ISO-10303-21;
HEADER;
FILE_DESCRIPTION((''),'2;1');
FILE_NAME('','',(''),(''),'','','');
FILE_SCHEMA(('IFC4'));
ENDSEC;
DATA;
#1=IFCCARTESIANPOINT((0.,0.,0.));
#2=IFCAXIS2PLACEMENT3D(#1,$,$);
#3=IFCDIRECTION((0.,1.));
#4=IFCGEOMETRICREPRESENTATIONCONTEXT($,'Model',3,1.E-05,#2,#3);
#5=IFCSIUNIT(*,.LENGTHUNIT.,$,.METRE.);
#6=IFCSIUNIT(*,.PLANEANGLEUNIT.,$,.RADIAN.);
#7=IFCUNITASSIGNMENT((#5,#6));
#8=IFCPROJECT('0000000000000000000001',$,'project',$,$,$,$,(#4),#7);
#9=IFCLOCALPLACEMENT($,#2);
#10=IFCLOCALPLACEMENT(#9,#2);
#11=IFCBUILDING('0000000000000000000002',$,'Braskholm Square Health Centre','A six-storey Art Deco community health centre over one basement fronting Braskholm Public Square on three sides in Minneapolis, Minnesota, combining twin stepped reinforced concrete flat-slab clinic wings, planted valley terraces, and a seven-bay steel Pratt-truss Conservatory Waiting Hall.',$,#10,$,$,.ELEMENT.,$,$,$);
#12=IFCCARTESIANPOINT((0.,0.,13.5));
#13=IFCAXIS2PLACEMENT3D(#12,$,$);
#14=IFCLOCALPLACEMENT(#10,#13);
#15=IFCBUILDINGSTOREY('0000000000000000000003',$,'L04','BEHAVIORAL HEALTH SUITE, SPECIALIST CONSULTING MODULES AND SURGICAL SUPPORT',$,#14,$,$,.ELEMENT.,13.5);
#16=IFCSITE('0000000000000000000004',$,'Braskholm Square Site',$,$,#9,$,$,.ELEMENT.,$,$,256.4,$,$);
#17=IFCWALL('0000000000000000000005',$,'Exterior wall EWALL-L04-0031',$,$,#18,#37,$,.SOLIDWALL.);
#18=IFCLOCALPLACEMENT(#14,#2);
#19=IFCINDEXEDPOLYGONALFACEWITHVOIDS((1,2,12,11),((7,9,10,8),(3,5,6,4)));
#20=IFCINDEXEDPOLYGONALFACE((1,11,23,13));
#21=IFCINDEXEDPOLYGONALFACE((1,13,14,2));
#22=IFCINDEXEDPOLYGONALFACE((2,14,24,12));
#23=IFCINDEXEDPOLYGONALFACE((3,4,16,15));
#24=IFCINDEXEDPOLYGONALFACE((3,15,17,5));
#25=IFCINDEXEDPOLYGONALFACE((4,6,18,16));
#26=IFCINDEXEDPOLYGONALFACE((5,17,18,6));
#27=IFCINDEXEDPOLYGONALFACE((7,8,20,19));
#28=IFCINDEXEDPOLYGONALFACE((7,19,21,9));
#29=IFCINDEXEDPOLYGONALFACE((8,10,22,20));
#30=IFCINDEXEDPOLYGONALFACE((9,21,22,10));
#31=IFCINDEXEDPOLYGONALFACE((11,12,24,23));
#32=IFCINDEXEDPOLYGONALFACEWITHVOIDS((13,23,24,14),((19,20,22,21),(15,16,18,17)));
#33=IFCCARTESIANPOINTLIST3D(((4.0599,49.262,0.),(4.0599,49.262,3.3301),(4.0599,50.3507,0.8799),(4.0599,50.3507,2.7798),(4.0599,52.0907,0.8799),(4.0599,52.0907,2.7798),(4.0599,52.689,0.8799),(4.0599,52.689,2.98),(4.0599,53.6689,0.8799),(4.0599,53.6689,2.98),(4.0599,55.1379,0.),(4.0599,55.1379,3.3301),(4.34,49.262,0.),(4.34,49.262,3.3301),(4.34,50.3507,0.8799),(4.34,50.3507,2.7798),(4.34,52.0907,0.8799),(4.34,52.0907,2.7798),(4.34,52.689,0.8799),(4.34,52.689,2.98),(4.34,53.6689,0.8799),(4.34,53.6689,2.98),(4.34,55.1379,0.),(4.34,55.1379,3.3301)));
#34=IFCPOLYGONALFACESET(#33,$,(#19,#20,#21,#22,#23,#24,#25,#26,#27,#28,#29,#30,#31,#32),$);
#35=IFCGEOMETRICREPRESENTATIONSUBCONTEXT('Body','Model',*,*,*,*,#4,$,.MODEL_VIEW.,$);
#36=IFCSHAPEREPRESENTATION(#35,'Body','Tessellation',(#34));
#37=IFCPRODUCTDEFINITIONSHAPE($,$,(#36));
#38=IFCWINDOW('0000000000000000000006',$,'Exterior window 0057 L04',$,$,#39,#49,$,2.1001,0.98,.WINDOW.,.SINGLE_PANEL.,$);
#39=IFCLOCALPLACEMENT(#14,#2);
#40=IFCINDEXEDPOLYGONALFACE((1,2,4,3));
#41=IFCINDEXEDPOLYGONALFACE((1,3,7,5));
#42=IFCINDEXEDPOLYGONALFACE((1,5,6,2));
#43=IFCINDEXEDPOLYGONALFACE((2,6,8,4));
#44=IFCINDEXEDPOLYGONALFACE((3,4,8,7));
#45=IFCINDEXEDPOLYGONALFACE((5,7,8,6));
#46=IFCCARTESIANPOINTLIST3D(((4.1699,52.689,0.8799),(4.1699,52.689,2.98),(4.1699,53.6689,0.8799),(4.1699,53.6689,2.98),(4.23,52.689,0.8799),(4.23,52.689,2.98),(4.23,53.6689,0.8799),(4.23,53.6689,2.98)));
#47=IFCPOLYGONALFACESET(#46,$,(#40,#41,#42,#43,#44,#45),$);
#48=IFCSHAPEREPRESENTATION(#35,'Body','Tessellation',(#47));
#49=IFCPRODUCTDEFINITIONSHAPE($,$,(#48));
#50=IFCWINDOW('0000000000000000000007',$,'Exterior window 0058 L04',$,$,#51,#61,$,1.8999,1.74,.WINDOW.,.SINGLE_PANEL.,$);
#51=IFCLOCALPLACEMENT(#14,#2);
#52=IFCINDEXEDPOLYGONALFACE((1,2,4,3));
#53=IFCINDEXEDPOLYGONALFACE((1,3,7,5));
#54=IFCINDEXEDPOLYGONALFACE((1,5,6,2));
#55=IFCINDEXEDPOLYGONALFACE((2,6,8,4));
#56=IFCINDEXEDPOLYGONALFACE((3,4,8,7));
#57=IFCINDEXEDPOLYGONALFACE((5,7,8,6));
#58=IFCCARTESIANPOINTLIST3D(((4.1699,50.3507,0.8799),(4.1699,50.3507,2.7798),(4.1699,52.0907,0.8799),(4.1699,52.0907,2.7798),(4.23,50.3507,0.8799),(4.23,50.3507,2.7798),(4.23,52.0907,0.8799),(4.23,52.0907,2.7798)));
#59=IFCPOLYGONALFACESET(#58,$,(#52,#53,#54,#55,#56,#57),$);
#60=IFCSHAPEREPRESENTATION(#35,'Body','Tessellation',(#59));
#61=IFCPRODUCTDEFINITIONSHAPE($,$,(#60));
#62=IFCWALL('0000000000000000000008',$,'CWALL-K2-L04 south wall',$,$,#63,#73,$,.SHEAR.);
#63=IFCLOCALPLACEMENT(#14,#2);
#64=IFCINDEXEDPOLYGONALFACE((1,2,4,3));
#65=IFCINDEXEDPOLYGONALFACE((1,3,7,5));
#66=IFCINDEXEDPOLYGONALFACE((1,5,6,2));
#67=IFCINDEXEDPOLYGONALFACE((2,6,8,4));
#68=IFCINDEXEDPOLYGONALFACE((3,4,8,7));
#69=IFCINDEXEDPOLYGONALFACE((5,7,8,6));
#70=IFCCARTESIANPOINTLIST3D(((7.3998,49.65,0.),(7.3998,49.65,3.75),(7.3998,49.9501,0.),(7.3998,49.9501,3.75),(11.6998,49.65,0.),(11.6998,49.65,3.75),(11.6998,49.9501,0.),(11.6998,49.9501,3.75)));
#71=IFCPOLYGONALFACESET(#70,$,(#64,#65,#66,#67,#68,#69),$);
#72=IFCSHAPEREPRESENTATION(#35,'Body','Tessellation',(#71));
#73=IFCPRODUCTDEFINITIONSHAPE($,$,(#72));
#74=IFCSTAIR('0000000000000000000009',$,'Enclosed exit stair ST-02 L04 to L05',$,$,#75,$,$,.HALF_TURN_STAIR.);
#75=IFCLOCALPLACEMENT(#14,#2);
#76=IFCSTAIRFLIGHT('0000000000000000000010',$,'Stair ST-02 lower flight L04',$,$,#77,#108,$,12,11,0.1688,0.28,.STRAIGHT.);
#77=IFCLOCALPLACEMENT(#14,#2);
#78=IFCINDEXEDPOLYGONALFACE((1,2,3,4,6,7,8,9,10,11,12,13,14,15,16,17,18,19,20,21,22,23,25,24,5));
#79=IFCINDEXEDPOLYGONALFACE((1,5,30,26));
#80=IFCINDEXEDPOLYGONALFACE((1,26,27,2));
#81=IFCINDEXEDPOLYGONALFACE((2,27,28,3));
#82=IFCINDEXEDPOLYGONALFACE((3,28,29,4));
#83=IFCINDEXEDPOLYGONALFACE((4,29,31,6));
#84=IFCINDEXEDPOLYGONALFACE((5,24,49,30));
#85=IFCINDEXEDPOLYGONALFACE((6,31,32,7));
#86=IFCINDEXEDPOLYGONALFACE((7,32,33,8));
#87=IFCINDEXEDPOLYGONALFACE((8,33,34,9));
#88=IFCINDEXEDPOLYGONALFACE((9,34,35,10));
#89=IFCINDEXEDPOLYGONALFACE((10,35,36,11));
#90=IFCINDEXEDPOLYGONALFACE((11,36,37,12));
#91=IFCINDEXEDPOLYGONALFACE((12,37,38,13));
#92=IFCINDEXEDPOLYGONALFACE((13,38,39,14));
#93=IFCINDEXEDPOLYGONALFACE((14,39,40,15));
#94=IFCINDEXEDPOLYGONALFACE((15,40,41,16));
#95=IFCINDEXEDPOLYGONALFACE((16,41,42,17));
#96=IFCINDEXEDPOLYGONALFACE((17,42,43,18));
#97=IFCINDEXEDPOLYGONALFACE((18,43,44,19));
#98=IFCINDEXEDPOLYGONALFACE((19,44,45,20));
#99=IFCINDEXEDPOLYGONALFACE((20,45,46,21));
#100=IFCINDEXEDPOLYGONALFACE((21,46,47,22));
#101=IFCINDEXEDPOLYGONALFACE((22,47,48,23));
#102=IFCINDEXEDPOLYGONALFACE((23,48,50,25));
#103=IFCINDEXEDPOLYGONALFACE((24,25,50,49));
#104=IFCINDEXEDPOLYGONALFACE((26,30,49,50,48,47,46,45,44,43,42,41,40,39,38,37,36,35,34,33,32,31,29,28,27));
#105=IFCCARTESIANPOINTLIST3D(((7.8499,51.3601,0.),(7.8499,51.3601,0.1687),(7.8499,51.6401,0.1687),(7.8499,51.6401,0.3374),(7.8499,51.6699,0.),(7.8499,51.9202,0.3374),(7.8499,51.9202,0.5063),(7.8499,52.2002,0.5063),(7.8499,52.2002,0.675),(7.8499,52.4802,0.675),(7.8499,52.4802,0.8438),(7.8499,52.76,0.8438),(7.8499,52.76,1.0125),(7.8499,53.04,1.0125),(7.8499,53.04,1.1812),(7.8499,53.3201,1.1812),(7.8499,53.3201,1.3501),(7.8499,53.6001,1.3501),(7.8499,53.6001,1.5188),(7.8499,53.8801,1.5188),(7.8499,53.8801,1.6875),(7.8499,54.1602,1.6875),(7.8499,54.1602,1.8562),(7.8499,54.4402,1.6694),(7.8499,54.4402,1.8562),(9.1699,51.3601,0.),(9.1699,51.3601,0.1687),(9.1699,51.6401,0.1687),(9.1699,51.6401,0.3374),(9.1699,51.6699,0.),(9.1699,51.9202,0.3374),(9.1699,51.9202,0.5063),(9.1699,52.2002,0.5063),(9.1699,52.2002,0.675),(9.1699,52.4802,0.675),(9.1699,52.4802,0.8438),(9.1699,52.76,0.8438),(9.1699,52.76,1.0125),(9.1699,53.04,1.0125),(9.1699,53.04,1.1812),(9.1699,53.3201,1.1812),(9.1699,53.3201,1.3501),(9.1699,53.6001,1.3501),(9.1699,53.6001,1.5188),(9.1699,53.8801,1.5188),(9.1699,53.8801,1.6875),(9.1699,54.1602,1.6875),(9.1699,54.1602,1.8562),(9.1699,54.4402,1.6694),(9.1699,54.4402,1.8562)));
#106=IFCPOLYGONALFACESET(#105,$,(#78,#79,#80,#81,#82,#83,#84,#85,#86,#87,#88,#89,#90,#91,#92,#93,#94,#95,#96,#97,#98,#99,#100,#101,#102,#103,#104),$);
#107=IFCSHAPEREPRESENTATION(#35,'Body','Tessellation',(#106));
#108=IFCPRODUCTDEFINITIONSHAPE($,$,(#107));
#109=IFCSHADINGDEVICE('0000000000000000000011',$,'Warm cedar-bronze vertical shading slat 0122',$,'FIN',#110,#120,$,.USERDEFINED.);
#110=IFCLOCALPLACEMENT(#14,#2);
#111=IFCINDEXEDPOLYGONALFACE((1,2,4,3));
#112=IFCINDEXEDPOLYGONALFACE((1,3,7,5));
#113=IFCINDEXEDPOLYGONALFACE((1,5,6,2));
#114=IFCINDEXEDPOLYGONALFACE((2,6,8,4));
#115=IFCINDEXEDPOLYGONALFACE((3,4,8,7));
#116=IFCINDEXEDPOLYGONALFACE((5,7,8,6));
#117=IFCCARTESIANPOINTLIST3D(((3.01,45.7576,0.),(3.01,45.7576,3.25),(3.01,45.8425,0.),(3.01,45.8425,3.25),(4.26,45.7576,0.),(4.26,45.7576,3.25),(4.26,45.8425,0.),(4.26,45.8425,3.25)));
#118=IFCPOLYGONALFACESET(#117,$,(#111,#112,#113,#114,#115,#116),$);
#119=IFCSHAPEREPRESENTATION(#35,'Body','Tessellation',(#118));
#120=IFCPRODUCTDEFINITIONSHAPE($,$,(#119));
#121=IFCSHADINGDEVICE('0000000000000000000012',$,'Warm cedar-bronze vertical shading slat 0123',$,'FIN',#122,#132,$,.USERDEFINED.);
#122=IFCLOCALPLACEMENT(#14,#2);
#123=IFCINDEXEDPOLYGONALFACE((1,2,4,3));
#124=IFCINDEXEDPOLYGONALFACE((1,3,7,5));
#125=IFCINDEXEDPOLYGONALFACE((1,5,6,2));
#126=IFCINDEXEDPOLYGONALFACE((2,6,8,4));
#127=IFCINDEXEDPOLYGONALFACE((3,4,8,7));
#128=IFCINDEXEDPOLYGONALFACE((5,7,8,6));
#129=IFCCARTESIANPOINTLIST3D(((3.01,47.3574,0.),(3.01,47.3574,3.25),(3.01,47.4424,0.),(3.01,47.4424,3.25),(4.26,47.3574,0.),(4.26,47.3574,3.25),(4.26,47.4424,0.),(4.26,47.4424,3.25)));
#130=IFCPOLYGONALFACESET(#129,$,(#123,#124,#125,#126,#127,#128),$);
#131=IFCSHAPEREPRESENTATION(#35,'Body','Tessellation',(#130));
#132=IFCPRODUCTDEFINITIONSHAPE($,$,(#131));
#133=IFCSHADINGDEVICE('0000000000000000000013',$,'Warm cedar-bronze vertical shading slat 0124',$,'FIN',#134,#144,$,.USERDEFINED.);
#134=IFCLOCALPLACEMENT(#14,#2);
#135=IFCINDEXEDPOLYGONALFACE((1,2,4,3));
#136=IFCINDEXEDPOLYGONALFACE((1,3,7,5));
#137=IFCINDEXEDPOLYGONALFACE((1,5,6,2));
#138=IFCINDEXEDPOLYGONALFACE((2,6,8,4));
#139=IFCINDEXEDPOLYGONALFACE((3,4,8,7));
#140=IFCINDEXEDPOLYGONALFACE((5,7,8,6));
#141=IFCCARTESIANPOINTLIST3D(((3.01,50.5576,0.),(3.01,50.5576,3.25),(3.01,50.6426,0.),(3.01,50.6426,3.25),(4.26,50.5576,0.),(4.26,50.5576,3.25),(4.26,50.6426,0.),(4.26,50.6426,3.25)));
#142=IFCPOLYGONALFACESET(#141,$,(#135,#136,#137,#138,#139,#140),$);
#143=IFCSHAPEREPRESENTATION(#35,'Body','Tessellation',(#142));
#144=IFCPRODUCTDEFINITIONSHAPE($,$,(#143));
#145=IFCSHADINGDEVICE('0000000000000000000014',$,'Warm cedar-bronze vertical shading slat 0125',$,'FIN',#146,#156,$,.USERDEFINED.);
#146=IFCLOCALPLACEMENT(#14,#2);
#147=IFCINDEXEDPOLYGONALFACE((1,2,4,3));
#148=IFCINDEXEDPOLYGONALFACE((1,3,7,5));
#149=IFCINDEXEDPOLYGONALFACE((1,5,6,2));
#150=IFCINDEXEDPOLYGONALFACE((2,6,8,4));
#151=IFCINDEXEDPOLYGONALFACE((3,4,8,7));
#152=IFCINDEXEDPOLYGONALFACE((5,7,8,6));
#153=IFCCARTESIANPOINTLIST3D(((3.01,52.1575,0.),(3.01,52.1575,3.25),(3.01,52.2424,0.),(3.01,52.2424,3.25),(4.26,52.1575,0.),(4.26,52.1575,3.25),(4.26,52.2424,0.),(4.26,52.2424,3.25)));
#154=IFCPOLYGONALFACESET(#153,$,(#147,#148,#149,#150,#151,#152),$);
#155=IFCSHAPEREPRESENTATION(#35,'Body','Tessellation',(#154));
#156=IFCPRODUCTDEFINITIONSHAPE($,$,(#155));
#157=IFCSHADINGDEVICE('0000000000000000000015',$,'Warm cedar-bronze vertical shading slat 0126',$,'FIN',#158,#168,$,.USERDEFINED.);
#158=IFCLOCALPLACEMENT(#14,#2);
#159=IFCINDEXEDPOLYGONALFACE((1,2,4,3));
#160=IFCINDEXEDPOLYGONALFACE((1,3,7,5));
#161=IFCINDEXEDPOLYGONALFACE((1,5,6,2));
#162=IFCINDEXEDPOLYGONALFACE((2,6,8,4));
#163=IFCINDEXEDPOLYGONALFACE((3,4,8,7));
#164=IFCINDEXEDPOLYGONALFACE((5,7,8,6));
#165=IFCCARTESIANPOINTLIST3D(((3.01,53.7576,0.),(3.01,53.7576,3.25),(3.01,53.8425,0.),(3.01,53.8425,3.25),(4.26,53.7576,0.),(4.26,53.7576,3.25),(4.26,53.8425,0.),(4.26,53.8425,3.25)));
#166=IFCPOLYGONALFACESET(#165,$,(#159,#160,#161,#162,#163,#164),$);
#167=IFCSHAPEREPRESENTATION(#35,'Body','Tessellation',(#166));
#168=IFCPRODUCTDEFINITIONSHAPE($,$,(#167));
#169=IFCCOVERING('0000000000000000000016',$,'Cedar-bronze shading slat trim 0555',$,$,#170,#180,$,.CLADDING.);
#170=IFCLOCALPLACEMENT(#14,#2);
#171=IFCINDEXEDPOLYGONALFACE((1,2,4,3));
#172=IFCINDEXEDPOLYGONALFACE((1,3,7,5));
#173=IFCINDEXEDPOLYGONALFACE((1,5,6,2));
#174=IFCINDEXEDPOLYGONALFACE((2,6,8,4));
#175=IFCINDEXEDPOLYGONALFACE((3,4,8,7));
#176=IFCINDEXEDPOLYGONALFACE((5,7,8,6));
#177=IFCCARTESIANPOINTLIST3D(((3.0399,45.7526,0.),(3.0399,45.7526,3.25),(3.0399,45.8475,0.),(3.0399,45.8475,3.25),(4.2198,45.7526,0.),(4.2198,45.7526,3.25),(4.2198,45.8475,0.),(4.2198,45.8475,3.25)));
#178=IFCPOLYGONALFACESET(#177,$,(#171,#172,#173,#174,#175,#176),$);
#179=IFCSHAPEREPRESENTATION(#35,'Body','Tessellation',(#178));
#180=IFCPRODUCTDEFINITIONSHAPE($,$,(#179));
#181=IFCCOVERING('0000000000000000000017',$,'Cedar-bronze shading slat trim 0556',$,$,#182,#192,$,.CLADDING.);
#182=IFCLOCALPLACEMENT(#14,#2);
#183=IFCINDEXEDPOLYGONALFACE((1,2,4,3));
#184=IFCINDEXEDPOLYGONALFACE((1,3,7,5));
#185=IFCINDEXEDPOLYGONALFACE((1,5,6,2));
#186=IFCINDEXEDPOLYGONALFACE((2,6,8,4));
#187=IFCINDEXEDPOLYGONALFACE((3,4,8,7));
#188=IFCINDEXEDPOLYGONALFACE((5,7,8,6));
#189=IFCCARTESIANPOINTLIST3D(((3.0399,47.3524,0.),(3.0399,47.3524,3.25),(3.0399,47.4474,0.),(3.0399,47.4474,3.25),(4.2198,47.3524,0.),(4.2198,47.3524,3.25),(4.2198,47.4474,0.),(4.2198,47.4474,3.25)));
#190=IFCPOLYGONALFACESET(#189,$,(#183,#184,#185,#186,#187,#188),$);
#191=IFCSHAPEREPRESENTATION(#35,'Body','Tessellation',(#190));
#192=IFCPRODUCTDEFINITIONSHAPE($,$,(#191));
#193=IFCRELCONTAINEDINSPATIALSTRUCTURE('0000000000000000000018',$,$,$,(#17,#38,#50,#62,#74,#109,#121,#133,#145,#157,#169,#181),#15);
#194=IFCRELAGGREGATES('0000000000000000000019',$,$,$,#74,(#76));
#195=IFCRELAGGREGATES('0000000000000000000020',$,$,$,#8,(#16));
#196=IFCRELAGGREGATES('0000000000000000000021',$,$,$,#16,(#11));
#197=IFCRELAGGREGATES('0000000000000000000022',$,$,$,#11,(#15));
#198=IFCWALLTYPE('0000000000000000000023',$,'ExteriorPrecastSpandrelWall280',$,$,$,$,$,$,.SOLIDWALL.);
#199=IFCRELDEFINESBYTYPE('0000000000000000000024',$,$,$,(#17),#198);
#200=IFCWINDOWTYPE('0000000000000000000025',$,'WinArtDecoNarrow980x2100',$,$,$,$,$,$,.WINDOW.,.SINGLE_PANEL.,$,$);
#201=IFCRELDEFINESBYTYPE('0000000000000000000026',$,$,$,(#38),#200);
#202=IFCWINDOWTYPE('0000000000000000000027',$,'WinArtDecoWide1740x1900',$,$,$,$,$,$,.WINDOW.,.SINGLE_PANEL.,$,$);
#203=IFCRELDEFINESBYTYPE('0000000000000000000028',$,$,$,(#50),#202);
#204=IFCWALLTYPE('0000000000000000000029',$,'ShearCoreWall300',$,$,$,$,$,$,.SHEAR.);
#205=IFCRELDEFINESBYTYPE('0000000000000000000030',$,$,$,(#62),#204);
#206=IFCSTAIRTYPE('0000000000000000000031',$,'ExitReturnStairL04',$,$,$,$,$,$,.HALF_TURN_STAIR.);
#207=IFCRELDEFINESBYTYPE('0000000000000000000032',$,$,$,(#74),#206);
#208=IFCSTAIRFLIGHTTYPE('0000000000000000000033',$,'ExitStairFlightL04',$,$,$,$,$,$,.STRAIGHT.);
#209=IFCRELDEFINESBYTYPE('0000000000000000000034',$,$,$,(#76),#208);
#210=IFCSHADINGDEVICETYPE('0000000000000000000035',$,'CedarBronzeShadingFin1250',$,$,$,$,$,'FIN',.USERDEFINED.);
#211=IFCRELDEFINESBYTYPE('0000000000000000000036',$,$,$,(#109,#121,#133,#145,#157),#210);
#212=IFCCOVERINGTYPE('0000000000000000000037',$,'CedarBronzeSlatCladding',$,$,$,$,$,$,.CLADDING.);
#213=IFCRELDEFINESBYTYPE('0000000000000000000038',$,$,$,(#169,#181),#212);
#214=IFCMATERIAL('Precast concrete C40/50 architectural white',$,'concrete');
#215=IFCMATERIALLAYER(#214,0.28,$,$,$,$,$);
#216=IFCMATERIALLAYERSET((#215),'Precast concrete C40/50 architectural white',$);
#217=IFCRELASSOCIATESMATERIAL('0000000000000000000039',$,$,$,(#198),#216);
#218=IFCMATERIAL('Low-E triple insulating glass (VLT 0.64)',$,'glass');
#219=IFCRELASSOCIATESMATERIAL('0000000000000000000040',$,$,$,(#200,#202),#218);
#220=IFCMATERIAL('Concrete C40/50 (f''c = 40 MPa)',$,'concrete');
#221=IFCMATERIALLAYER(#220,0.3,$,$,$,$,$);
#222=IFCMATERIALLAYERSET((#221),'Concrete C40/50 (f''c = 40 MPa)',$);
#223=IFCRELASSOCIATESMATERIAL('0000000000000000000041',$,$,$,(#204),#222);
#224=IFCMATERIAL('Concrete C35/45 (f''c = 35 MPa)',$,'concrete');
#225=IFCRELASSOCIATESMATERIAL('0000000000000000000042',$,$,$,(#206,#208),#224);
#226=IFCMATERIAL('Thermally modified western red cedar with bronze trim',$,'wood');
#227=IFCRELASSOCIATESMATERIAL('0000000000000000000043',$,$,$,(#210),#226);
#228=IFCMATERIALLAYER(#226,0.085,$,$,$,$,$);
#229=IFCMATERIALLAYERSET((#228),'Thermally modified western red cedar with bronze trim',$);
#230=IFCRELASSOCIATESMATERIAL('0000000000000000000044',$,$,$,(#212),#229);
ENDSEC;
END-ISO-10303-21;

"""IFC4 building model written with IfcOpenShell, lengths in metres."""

from ifc_helpers import new_model, si_unit, direction, frame, frame_2d, origin, origin_with_axes, origin_2d, place, context, subcontext, project, spatial, polyline, rectangle, outline, extrude, material, layer, layer_set, type_object, element, fill, aggregate, save


model = new_model("IFC4")

# Units and contexts
model_context = context("Model", 3, precision=1e-05, world=origin(), true_north=direction((0.0, 1.0)))
body_context = subcontext(model_context, "Body", "Model", "MODEL_VIEW")
ifc_project = project(units=[si_unit("LENGTHUNIT", "METRE"), si_unit("PLANEANGLEUNIT", "RADIAN")], contexts=[model_context])

# Site, building, storey
site_placement = place(None, origin())
site = spatial("IfcSite", under=ifc_project, at=site_placement, Name="Braskholm Square Site", CompositionType="ELEMENT", RefElevation=256.4)
building_placement = place(site_placement, origin())
building = spatial("IfcBuilding", under=site, at=building_placement, Name="Braskholm Square Health Centre", Description="A six-storey Art Deco community health centre over one basement fronting Braskholm Public Square on three sides in Minneapolis, Minnesota, combining twin stepped reinforced concrete flat-slab clinic wings, planted valley terraces, and a seven-bay steel Pratt-truss Conservatory Waiting Hall.", CompositionType="ELEMENT")
storey_placement = place(building_placement, frame((0.0, 0.0, 13.5)))
storey = spatial("IfcBuildingStorey", under=building, at=storey_placement, Name="L04", Description="BEHAVIORAL HEALTH SUITE, SPECIALIST CONSULTING MODULES AND SURGICAL SUPPORT", CompositionType="ELEMENT", Elevation=13.5)

# Shared definitions
ifc_material_1 = material(Name="Precast concrete C40/50 architectural white", Category="concrete")

# Shared definitions
ifc_material_2 = material(Name="Low-E triple insulating glass (VLT 0.64)", Category="glass")

# Shared definitions
ifc_material_3 = material(Name="Concrete C35/45 (f'c = 35 MPa)", Category="concrete")

# Wall, openings, windows
ifc_layer_1 = layer(ifc_material_1, 0.28)
ifc_layer_set_1 = layer_set([ifc_layer_1], Name="Precast concrete C40/50 architectural white")
wall_type_1 = type_object("IfcWallType", Name="ExteriorPrecastSpandrelWall280", PredefinedType="SOLIDWALL", material=ifc_layer_set_1)
wall_1_placement = place(storey_placement, frame((4.2, 55.1379, 0.0), z_axis=(0.0, 0.0, 1.0), x_axis=(0.0, -1.0, 0.0)))
wall_1 = element("IfcWall", 1, at=wall_1_placement, inside=storey, type_object=wall_type_1, Name="Exterior wall EWALL-L04-0031", PredefinedType="SOLIDWALL", context=body_context, shape_type="SweptSolid", body=[
    extrude(rectangle(XDim=5.876, YDim=0.28, at=frame_2d((2.938, 0.0))), origin(), (0.0, 0.0, 1.0), 3.3301),
])
opening_1_placement = place(wall_1_placement, frame((1.469, 0.0, 0.8799)))
opening_1 = element("IfcOpeningElement", 2, at=opening_1_placement, cuts=wall_1, PredefinedType="OPENING", context=body_context, shape_type="SweptSolid", body=[
    extrude(rectangle(XDim=0.98, YDim=2.1001, at=frame_2d((0.49, 1.05))), frame((0.0, 0.1499, 0.0), z_axis=(0.0, -1.0, 0.0), x_axis=(1.0, 0.0, 0.0)), (0.0, 0.0, 1.0), 0.3),
])
opening_2_placement = place(wall_1_placement, frame((3.0471, 0.0, 0.8799)))
opening_2 = element("IfcOpeningElement", 3, at=opening_2_placement, cuts=wall_1, PredefinedType="OPENING", context=body_context, shape_type="SweptSolid", body=[
    extrude(rectangle(XDim=1.74, YDim=1.8999, at=frame_2d((0.8701, 0.95))), frame((0.0, 0.1499, 0.0), z_axis=(0.0, -1.0, 0.0), x_axis=(1.0, 0.0, 0.0)), (0.0, 0.0, 1.0), 0.3),
])
window_type_1 = type_object("IfcWindowType", Name="WinArtDecoNarrow980x2100", PartitioningType="SINGLE_PANEL", PredefinedType="WINDOW", material=ifc_material_2)
window_1_placement = place(opening_1_placement, origin_with_axes())
window_1 = element("IfcWindow", 4, at=window_1_placement, inside=storey, type_object=window_type_1, Name="Exterior window 0057 L04", OverallHeight=2.1001, OverallWidth=0.98, PartitioningType="SINGLE_PANEL", PredefinedType="WINDOW", context=body_context, shape_type="SweptSolid", body=[
    extrude(rectangle(XDim=0.98, YDim=2.1001, at=frame_2d((0.49, 1.05))), frame((0.0, 0.03, 0.0), z_axis=(0.0, -1.0, 0.0), x_axis=(1.0, 0.0, 0.0)), (0.0, 0.0, 1.0), 0.0601),
])
fill(opening_1, window_1)
window_type_2 = type_object("IfcWindowType", Name="WinArtDecoWide1740x1900", PartitioningType="SINGLE_PANEL", PredefinedType="WINDOW", material=ifc_material_2)
window_2_placement = place(opening_2_placement, origin_with_axes())
window_2 = element("IfcWindow", 5, at=window_2_placement, inside=storey, type_object=window_type_2, Name="Exterior window 0058 L04", OverallHeight=1.8999, OverallWidth=1.74, PartitioningType="SINGLE_PANEL", PredefinedType="WINDOW", context=body_context, shape_type="SweptSolid", body=[
    extrude(rectangle(XDim=1.74, YDim=1.8999, at=frame_2d((0.8701, 0.95))), frame((0.0, 0.03, 0.0), z_axis=(0.0, -1.0, 0.0), x_axis=(1.0, 0.0, 0.0)), (0.0, 0.0, 1.0), 0.0601),
])
fill(opening_2, window_2)

# Wall
ifc_material_4 = material(Name="Concrete C40/50 (f'c = 40 MPa)", Category="concrete")
ifc_layer_2 = layer(ifc_material_4, 0.3)
ifc_layer_set_2 = layer_set([ifc_layer_2], Name="Concrete C40/50 (f'c = 40 MPa)")
wall_type_2 = type_object("IfcWallType", Name="ShearCoreWall300", PredefinedType="SHEAR", material=ifc_layer_set_2)
wall_2_placement = place(storey_placement, frame((7.3999, 49.8, 0.0), z_axis=(0.0, 0.0, 1.0), x_axis=(1.0, 0.0, 0.0)))
element("IfcWall", 6, at=wall_2_placement, inside=storey, type_object=wall_type_2, Name="CWALL-K2-L04 south wall", PredefinedType="SHEAR", context=body_context, shape_type="SweptSolid", body=[
    extrude(rectangle(XDim=4.3, YDim=0.3, at=frame_2d((2.1499, 0.0))), origin(), (0.0, 0.0, 1.0), 3.75),
])

# Stair, stair flight
stair_type = type_object("IfcStairType", Name="ExitReturnStairL04", PredefinedType="HALF_TURN_STAIR", material=ifc_material_3)
stair_placement = place(storey_placement, origin())
stair = element("IfcStair", 7, at=stair_placement, inside=storey, type_object=stair_type, Name="Enclosed exit stair ST-02 L04 to L05", PredefinedType="HALF_TURN_STAIR")
stair_flight_type = type_object("IfcStairFlightType", Name="ExitStairFlightL04", PredefinedType="STRAIGHT", material=ifc_material_3)
stair_flight_placement = place(storey_placement, frame((8.51, 51.3601, 0.0), z_axis=(0.0, 0.0, 1.0), x_axis=(0.0, 1.0, 0.0)))
stair_flight = element("IfcStairFlight", 8, at=stair_flight_placement, type_object=stair_flight_type, Name="Stair ST-02 lower flight L04", NumberOfRisers=12, NumberOfTreads=11, PredefinedType="STRAIGHT", RiserHeight=0.1688, TreadLength=0.28, context=body_context, shape_type="SweptSolid", body=[
    extrude(outline(polyline([(0.0, 0.0), (0.0, 0.1687), (0.28, 0.1687), (0.28, 0.3374), (0.5601, 0.3374), (0.5601, 0.5063), (0.8401, 0.5063), (0.8401, 0.675), (1.1201, 0.675), (1.1201, 0.8438), (1.3999, 0.8438), (1.3999, 1.0125), (1.6799, 1.0125), (1.6799, 1.1812), (1.96, 1.1812), (1.96, 1.3501), (2.24, 1.3501), (2.24, 1.5188), (2.52, 1.5188), (2.52, 1.6875), (2.8, 1.6875), (2.8, 1.8562), (3.0801, 1.8562), (3.0801, 2.0249), (3.0801, 1.6694), (0.3098, 0.0), (0.0, 0.0)])), frame((0.0, 0.6602, 0.0), z_axis=(0.0, -1.0, 0.0), x_axis=(1.0, 0.0, 0.0)), (0.0, 0.0, 1.0), 1.3201),
])
aggregate(stair, [stair_flight])

# Shading devices
ifc_material_5 = material(Name="Thermally modified western red cedar with bronze trim", Category="wood")
shading_device_type = type_object("IfcShadingDeviceType", Name="CedarBronzeShadingFin1250", ElementType="FIN", PredefinedType="USERDEFINED", material=ifc_material_5)
for number, where, z_axis, x_axis, name in (
    (9, (3.635, 45.8, 0.0), (0.0, 0.0, 1.0), (1.0, 0.0, 0.0), "Warm cedar-bronze vertical shading slat 0122"),
    (10, (3.635, 47.3999, 0.0), (0.0, 0.0, 1.0), (1.0, 0.0, 0.0), "Warm cedar-bronze vertical shading slat 0123"),
    (11, (3.635, 50.6001, 0.0), (0.0, 0.0, 1.0), (1.0, 0.0, 0.0), "Warm cedar-bronze vertical shading slat 0124"),
    (12, (3.635, 52.2, 0.0), (0.0, 0.0, 1.0), (1.0, 0.0, 0.0), "Warm cedar-bronze vertical shading slat 0125"),
    (13, (3.635, 53.8, 0.0), (0.0, 0.0, 1.0), (1.0, 0.0, 0.0), "Warm cedar-bronze vertical shading slat 0126"),
):
    element("IfcShadingDevice", number, at=place(storey_placement, frame(where, z_axis=z_axis, x_axis=x_axis)), inside=storey, type_object=shading_device_type, Name=name, ObjectType="FIN", PredefinedType="USERDEFINED", context=body_context, shape_type="SweptSolid", body=[
        extrude(rectangle(XDim=1.25, YDim=0.085, at=origin_2d()), origin(), (0.0, 0.0, 1.0), 3.25),
    ])

# Coverings
ifc_layer_3 = layer(ifc_material_5, 0.085)
ifc_layer_set_3 = layer_set([ifc_layer_3], Name="Thermally modified western red cedar with bronze trim")
covering_type_1 = type_object("IfcCoveringType", Name="CedarBronzeSlatCladding", PredefinedType="CLADDING", material=ifc_layer_set_3)
for number, where, z_axis, x_axis, name in (
    (14, (3.6299, 45.8, 0.0), (0.0, 0.0, 1.0), (1.0, 0.0, 0.0), "Cedar-bronze shading slat trim 0555"),
    (15, (3.6299, 47.3999, 0.0), (0.0, 0.0, 1.0), (1.0, 0.0, 0.0), "Cedar-bronze shading slat trim 0556"),
):
    element("IfcCovering", number, at=place(storey_placement, frame(where, z_axis=z_axis, x_axis=x_axis)), inside=storey, type_object=covering_type_1, Name=name, PredefinedType="CLADDING", context=body_context, shape_type="SweptSolid", body=[
        extrude(rectangle(XDim=1.1799, YDim=0.095, at=origin_2d()), origin(), (0.0, 0.0, 1.0), 3.25),
    ])

save(model, "model.ifc")
